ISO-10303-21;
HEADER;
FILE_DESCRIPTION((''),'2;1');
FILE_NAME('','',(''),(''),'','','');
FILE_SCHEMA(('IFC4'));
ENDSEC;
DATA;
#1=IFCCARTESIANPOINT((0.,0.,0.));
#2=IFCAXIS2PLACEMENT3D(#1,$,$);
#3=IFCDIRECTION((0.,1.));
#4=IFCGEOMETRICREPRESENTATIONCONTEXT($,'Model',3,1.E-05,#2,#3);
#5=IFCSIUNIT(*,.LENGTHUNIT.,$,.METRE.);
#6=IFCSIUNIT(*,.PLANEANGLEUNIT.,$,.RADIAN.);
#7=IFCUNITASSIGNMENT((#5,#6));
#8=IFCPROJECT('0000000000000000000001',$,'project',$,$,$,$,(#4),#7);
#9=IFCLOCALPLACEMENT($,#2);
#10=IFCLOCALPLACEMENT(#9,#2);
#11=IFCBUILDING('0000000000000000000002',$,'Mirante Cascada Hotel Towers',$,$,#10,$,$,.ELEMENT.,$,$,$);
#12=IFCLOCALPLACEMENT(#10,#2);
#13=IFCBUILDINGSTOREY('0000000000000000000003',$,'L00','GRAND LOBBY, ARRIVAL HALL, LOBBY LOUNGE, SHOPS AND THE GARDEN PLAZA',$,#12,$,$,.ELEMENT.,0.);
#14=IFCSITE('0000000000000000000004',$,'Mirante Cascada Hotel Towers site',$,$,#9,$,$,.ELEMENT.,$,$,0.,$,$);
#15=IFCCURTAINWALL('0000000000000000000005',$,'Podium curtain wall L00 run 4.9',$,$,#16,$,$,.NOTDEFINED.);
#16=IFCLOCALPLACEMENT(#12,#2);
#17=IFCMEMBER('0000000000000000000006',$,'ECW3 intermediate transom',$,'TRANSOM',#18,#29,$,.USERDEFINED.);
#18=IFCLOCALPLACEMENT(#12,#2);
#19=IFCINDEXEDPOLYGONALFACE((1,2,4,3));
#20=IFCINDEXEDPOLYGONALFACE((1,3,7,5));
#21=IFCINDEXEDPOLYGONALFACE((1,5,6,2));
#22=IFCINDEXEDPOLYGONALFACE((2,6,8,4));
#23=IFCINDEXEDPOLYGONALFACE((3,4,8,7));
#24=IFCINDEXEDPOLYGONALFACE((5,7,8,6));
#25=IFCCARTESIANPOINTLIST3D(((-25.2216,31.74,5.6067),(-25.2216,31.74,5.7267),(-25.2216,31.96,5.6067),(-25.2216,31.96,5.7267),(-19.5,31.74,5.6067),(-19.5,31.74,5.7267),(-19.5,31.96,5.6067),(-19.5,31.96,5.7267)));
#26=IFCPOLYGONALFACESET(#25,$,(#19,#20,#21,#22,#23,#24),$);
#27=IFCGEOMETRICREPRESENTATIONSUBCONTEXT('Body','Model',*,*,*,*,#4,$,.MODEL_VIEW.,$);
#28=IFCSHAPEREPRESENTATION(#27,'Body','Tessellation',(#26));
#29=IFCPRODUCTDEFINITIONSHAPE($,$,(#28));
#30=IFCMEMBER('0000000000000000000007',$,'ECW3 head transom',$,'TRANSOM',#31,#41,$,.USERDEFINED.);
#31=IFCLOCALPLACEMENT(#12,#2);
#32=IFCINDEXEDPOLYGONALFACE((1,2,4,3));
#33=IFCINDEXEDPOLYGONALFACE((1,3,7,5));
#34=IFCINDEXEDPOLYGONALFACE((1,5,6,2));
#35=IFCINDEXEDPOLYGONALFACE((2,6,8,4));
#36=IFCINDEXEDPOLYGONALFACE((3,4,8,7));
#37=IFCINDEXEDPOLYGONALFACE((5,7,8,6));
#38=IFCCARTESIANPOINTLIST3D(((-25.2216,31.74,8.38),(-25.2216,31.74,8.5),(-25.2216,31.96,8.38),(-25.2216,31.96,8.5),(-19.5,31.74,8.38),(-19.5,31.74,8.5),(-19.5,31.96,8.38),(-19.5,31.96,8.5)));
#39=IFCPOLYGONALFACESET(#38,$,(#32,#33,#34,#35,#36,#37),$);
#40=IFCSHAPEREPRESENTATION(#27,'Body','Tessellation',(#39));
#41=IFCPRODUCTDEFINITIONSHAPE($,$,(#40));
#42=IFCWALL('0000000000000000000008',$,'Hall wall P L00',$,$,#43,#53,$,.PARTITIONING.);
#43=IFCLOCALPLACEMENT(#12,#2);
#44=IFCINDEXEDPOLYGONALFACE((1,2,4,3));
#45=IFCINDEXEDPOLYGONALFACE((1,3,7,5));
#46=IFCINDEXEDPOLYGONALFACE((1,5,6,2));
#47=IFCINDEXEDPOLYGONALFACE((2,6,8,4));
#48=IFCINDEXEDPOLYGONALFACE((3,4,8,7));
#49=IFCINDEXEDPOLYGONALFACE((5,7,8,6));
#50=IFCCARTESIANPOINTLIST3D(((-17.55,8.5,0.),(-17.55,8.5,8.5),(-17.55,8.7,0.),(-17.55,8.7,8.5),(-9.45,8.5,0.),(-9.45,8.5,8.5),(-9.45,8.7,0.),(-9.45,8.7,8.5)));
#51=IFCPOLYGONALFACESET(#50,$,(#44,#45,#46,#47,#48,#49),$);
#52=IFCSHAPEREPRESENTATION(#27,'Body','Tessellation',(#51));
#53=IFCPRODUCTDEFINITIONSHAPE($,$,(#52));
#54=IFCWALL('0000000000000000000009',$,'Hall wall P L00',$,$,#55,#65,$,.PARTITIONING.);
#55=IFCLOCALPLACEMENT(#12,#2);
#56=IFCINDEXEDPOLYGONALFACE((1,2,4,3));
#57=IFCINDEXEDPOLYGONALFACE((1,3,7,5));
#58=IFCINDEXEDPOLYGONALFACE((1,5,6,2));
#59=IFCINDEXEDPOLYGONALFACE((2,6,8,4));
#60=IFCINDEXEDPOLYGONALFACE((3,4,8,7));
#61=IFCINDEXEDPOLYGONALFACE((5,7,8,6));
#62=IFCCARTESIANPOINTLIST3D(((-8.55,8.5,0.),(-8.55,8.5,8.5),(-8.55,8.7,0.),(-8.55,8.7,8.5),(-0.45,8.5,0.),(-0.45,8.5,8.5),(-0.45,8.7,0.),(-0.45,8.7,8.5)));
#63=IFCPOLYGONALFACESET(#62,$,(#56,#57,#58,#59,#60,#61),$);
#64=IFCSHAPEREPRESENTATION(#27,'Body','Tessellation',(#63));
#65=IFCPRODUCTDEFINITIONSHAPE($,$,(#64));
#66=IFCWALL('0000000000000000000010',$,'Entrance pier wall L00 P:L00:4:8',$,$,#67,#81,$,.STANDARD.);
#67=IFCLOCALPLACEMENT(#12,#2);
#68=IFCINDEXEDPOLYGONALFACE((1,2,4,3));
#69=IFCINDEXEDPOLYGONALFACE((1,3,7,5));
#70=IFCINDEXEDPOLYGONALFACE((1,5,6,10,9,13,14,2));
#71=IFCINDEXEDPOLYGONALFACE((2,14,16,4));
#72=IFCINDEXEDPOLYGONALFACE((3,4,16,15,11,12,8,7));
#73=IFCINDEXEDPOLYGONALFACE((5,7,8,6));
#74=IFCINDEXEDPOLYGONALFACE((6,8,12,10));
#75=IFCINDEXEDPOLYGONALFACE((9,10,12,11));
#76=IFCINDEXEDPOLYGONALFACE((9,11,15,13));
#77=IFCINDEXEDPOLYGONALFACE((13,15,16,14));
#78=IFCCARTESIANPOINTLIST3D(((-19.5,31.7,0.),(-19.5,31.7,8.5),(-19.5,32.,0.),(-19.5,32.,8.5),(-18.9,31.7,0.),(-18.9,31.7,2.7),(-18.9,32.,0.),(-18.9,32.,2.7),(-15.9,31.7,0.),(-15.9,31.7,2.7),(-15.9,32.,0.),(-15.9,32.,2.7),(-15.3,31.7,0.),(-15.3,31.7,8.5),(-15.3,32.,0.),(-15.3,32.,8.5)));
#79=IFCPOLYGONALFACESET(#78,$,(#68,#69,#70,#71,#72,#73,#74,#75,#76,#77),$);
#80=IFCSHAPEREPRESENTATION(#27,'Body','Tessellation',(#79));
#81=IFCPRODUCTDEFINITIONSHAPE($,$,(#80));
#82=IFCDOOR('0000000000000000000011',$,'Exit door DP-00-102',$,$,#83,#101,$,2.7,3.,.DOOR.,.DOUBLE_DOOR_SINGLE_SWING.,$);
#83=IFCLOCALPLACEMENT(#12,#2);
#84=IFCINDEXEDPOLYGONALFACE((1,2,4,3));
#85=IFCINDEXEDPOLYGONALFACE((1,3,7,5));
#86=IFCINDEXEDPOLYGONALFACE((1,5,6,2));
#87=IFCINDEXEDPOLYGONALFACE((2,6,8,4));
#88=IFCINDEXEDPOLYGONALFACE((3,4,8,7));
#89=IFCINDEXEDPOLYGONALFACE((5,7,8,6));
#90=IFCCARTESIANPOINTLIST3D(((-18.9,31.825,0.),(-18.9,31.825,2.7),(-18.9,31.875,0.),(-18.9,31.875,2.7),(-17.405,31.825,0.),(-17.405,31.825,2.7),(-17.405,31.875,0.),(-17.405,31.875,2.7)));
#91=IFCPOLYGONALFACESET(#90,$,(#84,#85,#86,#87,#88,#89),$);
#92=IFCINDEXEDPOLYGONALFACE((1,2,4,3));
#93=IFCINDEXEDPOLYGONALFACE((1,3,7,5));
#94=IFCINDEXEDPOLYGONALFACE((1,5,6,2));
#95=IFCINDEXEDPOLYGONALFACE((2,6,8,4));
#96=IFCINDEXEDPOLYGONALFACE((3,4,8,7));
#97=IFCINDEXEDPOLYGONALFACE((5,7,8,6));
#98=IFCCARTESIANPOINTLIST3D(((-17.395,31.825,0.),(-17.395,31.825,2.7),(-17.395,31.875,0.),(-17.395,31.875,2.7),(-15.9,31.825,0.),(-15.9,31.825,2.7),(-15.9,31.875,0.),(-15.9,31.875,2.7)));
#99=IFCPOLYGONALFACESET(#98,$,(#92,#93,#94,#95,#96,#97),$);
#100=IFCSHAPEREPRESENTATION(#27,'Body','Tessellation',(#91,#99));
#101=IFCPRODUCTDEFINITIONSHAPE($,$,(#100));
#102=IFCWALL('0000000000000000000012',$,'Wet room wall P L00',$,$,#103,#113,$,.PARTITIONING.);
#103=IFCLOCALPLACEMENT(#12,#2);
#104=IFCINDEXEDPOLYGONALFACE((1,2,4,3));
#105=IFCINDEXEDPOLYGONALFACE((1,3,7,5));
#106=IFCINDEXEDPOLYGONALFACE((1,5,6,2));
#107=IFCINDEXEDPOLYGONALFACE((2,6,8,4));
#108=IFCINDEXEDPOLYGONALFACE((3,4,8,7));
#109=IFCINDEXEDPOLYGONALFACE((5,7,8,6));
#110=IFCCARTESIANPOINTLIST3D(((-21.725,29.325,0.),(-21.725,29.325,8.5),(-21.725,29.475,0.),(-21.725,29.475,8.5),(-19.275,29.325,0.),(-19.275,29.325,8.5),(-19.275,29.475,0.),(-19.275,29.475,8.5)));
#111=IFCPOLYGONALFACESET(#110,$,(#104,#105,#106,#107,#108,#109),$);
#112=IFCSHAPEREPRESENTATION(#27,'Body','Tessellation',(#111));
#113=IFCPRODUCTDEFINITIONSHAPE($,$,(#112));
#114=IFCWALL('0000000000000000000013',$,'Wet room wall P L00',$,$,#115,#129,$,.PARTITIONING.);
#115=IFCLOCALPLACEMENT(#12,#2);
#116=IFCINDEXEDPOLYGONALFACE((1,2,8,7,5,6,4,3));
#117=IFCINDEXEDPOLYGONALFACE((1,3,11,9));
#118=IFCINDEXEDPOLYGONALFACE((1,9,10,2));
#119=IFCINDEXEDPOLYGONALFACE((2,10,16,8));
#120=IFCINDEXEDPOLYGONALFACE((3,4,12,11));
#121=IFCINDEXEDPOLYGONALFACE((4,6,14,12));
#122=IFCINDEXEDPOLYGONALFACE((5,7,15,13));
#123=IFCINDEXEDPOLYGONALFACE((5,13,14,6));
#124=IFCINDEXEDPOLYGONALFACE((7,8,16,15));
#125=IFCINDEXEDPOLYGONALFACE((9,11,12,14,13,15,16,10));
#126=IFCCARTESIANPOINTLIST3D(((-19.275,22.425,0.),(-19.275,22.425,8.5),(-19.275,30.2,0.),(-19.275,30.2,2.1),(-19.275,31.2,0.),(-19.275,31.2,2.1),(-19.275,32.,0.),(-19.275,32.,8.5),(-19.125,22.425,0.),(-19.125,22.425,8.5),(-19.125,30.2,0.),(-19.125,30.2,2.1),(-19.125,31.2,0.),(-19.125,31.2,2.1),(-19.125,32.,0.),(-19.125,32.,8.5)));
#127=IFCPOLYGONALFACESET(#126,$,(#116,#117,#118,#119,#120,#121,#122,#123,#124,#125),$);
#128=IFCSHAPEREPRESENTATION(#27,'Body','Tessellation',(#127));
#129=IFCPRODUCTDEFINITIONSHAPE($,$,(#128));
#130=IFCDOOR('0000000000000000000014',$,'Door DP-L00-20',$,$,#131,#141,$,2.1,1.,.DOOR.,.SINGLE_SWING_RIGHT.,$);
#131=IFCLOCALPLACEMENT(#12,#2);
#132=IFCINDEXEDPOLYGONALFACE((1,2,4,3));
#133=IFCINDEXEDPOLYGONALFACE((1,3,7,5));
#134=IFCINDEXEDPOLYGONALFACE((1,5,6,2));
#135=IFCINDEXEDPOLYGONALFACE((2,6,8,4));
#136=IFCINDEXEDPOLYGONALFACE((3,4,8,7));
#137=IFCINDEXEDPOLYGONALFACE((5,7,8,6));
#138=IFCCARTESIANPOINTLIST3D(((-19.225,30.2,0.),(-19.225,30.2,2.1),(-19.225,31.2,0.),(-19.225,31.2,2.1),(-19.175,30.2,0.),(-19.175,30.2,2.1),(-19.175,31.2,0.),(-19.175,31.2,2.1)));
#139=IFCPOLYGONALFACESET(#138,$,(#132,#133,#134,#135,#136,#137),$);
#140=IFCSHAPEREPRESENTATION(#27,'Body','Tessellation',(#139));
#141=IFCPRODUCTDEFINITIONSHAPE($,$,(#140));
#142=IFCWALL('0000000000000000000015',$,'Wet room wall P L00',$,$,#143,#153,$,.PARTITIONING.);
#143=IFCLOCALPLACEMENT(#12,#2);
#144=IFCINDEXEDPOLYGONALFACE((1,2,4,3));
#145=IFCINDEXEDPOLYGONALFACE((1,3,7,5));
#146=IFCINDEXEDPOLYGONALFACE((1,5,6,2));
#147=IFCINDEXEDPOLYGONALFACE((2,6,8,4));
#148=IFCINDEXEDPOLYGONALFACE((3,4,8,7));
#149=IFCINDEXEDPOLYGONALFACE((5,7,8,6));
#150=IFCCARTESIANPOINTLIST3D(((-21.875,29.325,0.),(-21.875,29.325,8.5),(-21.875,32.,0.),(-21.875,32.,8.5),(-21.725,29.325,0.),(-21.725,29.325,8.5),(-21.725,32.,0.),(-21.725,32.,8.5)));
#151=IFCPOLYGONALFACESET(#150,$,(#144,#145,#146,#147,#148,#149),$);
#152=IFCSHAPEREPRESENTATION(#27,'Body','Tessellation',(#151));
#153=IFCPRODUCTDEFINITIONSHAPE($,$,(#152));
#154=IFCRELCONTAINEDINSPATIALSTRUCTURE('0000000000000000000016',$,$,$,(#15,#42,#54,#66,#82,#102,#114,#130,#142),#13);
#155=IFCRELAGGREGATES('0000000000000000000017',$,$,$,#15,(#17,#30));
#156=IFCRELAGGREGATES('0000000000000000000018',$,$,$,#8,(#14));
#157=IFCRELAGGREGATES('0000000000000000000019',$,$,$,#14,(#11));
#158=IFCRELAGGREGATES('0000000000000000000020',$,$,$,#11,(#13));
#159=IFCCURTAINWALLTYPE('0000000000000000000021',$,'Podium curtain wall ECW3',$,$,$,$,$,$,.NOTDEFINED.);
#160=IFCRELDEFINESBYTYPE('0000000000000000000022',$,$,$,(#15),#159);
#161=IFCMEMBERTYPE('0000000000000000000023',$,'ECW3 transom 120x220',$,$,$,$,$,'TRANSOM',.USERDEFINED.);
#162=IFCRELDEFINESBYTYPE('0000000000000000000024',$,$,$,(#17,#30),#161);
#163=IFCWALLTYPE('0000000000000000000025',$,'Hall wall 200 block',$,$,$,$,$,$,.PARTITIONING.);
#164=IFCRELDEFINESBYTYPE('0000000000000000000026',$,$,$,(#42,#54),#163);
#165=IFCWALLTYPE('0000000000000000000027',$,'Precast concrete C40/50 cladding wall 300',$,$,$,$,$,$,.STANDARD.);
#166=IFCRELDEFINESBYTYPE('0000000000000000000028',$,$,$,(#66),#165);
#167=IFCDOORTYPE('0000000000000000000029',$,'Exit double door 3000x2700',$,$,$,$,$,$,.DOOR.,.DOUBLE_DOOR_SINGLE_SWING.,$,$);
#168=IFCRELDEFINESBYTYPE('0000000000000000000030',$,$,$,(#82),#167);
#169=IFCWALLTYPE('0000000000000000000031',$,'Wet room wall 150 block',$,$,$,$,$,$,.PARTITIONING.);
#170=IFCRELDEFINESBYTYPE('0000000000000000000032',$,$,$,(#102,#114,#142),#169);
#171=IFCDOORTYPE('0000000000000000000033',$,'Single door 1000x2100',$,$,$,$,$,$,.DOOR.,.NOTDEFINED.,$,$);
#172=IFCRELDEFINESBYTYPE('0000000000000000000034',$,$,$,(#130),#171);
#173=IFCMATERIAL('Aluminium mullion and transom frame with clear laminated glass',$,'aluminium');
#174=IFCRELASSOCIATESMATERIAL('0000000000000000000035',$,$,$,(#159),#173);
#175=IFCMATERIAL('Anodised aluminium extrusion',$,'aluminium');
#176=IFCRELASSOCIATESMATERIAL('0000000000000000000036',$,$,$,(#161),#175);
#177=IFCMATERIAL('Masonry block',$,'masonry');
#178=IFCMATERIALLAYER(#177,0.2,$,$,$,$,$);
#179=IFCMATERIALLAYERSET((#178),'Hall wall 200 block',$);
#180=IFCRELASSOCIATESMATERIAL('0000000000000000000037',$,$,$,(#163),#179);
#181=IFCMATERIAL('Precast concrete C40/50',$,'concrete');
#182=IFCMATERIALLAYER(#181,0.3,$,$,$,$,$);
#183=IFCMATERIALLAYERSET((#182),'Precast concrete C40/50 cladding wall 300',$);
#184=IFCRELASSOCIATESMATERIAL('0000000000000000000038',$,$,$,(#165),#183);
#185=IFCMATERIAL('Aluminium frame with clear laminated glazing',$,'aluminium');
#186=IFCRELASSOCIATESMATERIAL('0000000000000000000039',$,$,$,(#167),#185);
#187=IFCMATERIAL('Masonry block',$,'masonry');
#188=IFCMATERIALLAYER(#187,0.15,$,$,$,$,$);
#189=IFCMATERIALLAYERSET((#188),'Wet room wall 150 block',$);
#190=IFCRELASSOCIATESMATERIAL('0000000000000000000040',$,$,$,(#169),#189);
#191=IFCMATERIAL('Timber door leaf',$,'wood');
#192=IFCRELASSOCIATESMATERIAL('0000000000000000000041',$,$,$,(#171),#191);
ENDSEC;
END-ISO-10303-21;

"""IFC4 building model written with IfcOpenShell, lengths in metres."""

from ifc_helpers import new_model, si_unit, direction, frame, frame_2d, origin, origin_2d, place, context, subcontext, project, spatial, rectangle, extrude, material, layer, layer_set, material_profile, profile_set, type_object, element, fill, aggregate, save


model = new_model("IFC4")

# Units and contexts
model_context = context("Model", 3, precision=1e-05, world=origin(), true_north=direction((0.0, 1.0)))
body_context = subcontext(model_context, "Body", "Model", "MODEL_VIEW")
ifc_project = project(units=[si_unit("LENGTHUNIT", "METRE"), si_unit("PLANEANGLEUNIT", "RADIAN")], contexts=[model_context])

# Site, building, storey
site_placement = place(None, origin())
site = spatial("IfcSite", under=ifc_project, at=site_placement, Name="Mirante Cascada Hotel Towers site", CompositionType="ELEMENT", RefElevation=0.0)
building_placement = place(site_placement, origin())
building = spatial("IfcBuilding", under=site, at=building_placement, Name="Mirante Cascada Hotel Towers", CompositionType="ELEMENT")
storey_placement = place(building_placement, origin())
storey = spatial("IfcBuildingStorey", under=building, at=storey_placement, Name="L00", Description="GRAND LOBBY, ARRIVAL HALL, LOBBY LOUNGE, SHOPS AND THE GARDEN PLAZA", CompositionType="ELEMENT", Elevation=0.0)

# Curtain wall, members
ifc_material_1 = material(Name="Aluminium mullion and transom frame with clear laminated glass", Category="aluminium")
curtain_wall_type = type_object("IfcCurtainWallType", Name="Podium curtain wall ECW3", PredefinedType="NOTDEFINED", material=ifc_material_1)
curtain_wall_1_placement = place(storey_placement, origin())
curtain_wall_1 = element("IfcCurtainWall", 1, at=curtain_wall_1_placement, inside=storey, type_object=curtain_wall_type, Name="Podium curtain wall L00 run 4.9", PredefinedType="NOTDEFINED")
ifc_material_2 = material(Name="Anodised aluminium extrusion", Category="aluminium")
ifc_material_profile_1 = material_profile(ifc_material_2, rectangle(XDim=0.22, YDim=0.12, at=origin_2d()), Name="ECW3 TRANSOM 120x220")
ifc_profile_set_1 = profile_set([ifc_material_profile_1], Name="Anodised aluminium extrusion")
member_type_1 = type_object("IfcMemberType", Name="ECW3 transom 120x220", ElementType="TRANSOM", PredefinedType="USERDEFINED", material=ifc_profile_set_1)
member_1_placement = place(storey_placement, frame((-19.5, 31.85, 5.6667), z_axis=(-1.0, 0.0, 0.0), x_axis=(0.0, -1.0, 0.0)))
member_1 = element("IfcMember", 2, at=member_1_placement, type_object=member_type_1, Name="ECW3 intermediate transom", ObjectType="TRANSOM", PredefinedType="USERDEFINED", context=body_context, shape_type="SweptSolid", body=[
    extrude(rectangle(XDim=0.22, YDim=0.12, at=origin_2d()), origin(), (0.0, 0.0, 1.0), 5.7216),
])
member_2_placement = place(storey_placement, frame((-19.5, 31.85, 8.44), z_axis=(-1.0, 0.0, 0.0), x_axis=(0.0, -1.0, 0.0)))
member_2 = element("IfcMember", 3, at=member_2_placement, type_object=member_type_1, Name="ECW3 head transom", ObjectType="TRANSOM", PredefinedType="USERDEFINED", context=body_context, shape_type="SweptSolid", body=[
    extrude(rectangle(XDim=0.22, YDim=0.12, at=origin_2d()), origin(), (0.0, 0.0, 1.0), 5.7216),
])
aggregate(curtain_wall_1, [member_1, member_2])

# Walls
ifc_material_3 = material(Name="Masonry block", Category="masonry")
ifc_layer_1 = layer(ifc_material_3, 0.2)
ifc_layer_set_1 = layer_set([ifc_layer_1], Name="Hall wall 200 block")
wall_type_1 = type_object("IfcWallType", Name="Hall wall 200 block", PredefinedType="PARTITIONING", material=ifc_layer_set_1)
for number, where, z_axis, x_axis, name in (
    (4, (-17.55, 8.6, 0.0), (0.0, 0.0, 1.0), (1.0, 0.0, 0.0), "Hall wall P L00"),
    (5, (-8.55, 8.6, 0.0), (0.0, 0.0, 1.0), (1.0, 0.0, 0.0), "Hall wall P L00"),
):
    element("IfcWall", number, at=place(storey_placement, frame(where, z_axis=z_axis, x_axis=x_axis)), inside=storey, type_object=wall_type_1, Name=name, PredefinedType="PARTITIONING", context=body_context, shape_type="SweptSolid", body=[
        extrude(rectangle(XDim=8.1, YDim=0.2, at=frame_2d((4.05, 0.0))), origin(), (0.0, 0.0, 1.0), 8.5),
    ])

# Wall, opening, door
ifc_material_4 = material(Name="Precast concrete C40/50", Category="concrete")
ifc_layer_2 = layer(ifc_material_4, 0.3)
ifc_layer_set_2 = layer_set([ifc_layer_2], Name="Precast concrete C40/50 cladding wall 300")
wall_type_2 = type_object("IfcWallType", Name="Precast concrete C40/50 cladding wall 300", PredefinedType="STANDARD", material=ifc_layer_set_2)
wall_1_placement = place(storey_placement, frame((-15.3, 31.85, 0.0), z_axis=(0.0, 0.0, 1.0), x_axis=(-1.0, 0.0, 0.0)))
wall_1 = element("IfcWall", 6, at=wall_1_placement, inside=storey, type_object=wall_type_2, Name="Entrance pier wall L00 P:L00:4:8", PredefinedType="STANDARD", context=body_context, shape_type="SweptSolid", body=[
    extrude(rectangle(XDim=4.2, YDim=0.3, at=frame_2d((2.1, 0.0))), origin(), (0.0, 0.0, 1.0), 8.5),
])
opening_1_placement = place(wall_1_placement, frame((0.6, 0.0, 0.0)))
opening_1 = element("IfcOpeningElement", 7, at=opening_1_placement, cuts=wall_1, PredefinedType="OPENING", context=body_context, shape_type="SweptSolid", body=[
    extrude(rectangle(XDim=3.0, YDim=2.7, at=frame_2d((1.5, 1.35))), frame((0.0, 0.15, 0.0), z_axis=(0.0, -1.0, 0.0), x_axis=(1.0, 0.0, 0.0)), (0.0, 0.0, 1.0), 0.3),
])
ifc_material_5 = material(Name="Aluminium frame with clear laminated glazing", Category="aluminium")
door_type_1 = type_object("IfcDoorType", Name="Exit double door 3000x2700", OperationType="DOUBLE_DOOR_SINGLE_SWING", PredefinedType="DOOR", material=ifc_material_5)
door_1_placement = place(opening_1_placement, frame((3.0, 0.0, 0.0), z_axis=(0.0, 0.0, 1.0), x_axis=(-1.0, 0.0, 0.0)))
door_1 = element("IfcDoor", 8, at=door_1_placement, inside=storey, type_object=door_type_1, Name="Exit door DP-00-102", OperationType="DOUBLE_DOOR_SINGLE_SWING", OverallHeight=2.7, OverallWidth=3.0, PredefinedType="DOOR", context=body_context, shape_type="SweptSolid", body=[
    extrude(rectangle(XDim=1.495, YDim=2.7, at=frame_2d((0.7475, 1.35))), frame((0.0, 0.025, 0.0), z_axis=(0.0, -1.0, 0.0), x_axis=(1.0, 0.0, 0.0)), (0.0, 0.0, 1.0), 0.05),
    extrude(rectangle(XDim=1.495, YDim=2.7, at=frame_2d((2.2525, 1.35))), frame((0.0, 0.025, 0.0), z_axis=(0.0, -1.0, 0.0), x_axis=(1.0, 0.0, 0.0)), (0.0, 0.0, 1.0), 0.05),
])
fill(opening_1, door_1)

# Wall
ifc_material_6 = material(Name="Masonry block", Category="masonry")
ifc_layer_3 = layer(ifc_material_6, 0.15)
ifc_layer_set_3 = layer_set([ifc_layer_3], Name="Wet room wall 150 block")
wall_type_3 = type_object("IfcWallType", Name="Wet room wall 150 block", PredefinedType="PARTITIONING", material=ifc_layer_set_3)
wall_2_placement = place(storey_placement, frame((-21.725, 29.4, 0.0), z_axis=(0.0, 0.0, 1.0), x_axis=(1.0, 0.0, 0.0)))
element("IfcWall", 9, at=wall_2_placement, inside=storey, type_object=wall_type_3, Name="Wet room wall P L00", PredefinedType="PARTITIONING", context=body_context, shape_type="SweptSolid", body=[
    extrude(rectangle(XDim=2.45, YDim=0.15, at=frame_2d((1.225, 0.0))), origin(), (0.0, 0.0, 1.0), 8.5),
])

# Wall, opening, door
wall_3_placement = place(storey_placement, frame((-19.2, 22.425, 0.0), z_axis=(0.0, 0.0, 1.0), x_axis=(0.0, 1.0, 0.0)))
wall_3 = element("IfcWall", 10, at=wall_3_placement, inside=storey, type_object=wall_type_3, Name="Wet room wall P L00", PredefinedType="PARTITIONING", context=body_context, shape_type="SweptSolid", body=[
    extrude(rectangle(XDim=9.575, YDim=0.15, at=frame_2d((4.7875, 0.0))), origin(), (0.0, 0.0, 1.0), 8.5),
])
opening_2_placement = place(wall_3_placement, frame((7.775, 0.0, 0.0)))
opening_2 = element("IfcOpeningElement", 11, at=opening_2_placement, cuts=wall_3, PredefinedType="OPENING", context=body_context, shape_type="SweptSolid", body=[
    extrude(rectangle(XDim=1.0, YDim=2.1, at=frame_2d((0.5, 1.05))), frame((0.0, 0.075, 0.0), z_axis=(0.0, -1.0, 0.0), x_axis=(1.0, 0.0, 0.0)), (0.0, 0.0, 1.0), 0.15),
])
ifc_material_7 = material(Name="Timber door leaf", Category="wood")
door_type_2 = type_object("IfcDoorType", Name="Single door 1000x2100", OperationType="NOTDEFINED", PredefinedType="DOOR", material=ifc_material_7)
door_2_placement = place(opening_2_placement, origin())
door_2 = element("IfcDoor", 12, at=door_2_placement, inside=storey, type_object=door_type_2, Name="Door DP-L00-20", OperationType="SINGLE_SWING_RIGHT", OverallHeight=2.1, OverallWidth=1.0, PredefinedType="DOOR", context=body_context, shape_type="SweptSolid", body=[
    extrude(rectangle(XDim=1.0, YDim=2.1, at=frame_2d((0.5, 1.05))), frame((0.0, 0.025, 0.0), z_axis=(0.0, -1.0, 0.0), x_axis=(1.0, 0.0, 0.0)), (0.0, 0.0, 1.0), 0.05),
])
fill(opening_2, door_2)

# Wall
wall_4_placement = place(storey_placement, frame((-21.8, 29.325, 0.0), z_axis=(0.0, 0.0, 1.0), x_axis=(0.0, 1.0, 0.0)))
element("IfcWall", 13, at=wall_4_placement, inside=storey, type_object=wall_type_3, Name="Wet room wall P L00", PredefinedType="PARTITIONING", context=body_context, shape_type="SweptSolid", body=[
    extrude(rectangle(XDim=2.675, YDim=0.15, at=frame_2d((1.3375, 0.0))), origin(), (0.0, 0.0, 1.0), 8.5),
])

save(model, "model.ifc")
